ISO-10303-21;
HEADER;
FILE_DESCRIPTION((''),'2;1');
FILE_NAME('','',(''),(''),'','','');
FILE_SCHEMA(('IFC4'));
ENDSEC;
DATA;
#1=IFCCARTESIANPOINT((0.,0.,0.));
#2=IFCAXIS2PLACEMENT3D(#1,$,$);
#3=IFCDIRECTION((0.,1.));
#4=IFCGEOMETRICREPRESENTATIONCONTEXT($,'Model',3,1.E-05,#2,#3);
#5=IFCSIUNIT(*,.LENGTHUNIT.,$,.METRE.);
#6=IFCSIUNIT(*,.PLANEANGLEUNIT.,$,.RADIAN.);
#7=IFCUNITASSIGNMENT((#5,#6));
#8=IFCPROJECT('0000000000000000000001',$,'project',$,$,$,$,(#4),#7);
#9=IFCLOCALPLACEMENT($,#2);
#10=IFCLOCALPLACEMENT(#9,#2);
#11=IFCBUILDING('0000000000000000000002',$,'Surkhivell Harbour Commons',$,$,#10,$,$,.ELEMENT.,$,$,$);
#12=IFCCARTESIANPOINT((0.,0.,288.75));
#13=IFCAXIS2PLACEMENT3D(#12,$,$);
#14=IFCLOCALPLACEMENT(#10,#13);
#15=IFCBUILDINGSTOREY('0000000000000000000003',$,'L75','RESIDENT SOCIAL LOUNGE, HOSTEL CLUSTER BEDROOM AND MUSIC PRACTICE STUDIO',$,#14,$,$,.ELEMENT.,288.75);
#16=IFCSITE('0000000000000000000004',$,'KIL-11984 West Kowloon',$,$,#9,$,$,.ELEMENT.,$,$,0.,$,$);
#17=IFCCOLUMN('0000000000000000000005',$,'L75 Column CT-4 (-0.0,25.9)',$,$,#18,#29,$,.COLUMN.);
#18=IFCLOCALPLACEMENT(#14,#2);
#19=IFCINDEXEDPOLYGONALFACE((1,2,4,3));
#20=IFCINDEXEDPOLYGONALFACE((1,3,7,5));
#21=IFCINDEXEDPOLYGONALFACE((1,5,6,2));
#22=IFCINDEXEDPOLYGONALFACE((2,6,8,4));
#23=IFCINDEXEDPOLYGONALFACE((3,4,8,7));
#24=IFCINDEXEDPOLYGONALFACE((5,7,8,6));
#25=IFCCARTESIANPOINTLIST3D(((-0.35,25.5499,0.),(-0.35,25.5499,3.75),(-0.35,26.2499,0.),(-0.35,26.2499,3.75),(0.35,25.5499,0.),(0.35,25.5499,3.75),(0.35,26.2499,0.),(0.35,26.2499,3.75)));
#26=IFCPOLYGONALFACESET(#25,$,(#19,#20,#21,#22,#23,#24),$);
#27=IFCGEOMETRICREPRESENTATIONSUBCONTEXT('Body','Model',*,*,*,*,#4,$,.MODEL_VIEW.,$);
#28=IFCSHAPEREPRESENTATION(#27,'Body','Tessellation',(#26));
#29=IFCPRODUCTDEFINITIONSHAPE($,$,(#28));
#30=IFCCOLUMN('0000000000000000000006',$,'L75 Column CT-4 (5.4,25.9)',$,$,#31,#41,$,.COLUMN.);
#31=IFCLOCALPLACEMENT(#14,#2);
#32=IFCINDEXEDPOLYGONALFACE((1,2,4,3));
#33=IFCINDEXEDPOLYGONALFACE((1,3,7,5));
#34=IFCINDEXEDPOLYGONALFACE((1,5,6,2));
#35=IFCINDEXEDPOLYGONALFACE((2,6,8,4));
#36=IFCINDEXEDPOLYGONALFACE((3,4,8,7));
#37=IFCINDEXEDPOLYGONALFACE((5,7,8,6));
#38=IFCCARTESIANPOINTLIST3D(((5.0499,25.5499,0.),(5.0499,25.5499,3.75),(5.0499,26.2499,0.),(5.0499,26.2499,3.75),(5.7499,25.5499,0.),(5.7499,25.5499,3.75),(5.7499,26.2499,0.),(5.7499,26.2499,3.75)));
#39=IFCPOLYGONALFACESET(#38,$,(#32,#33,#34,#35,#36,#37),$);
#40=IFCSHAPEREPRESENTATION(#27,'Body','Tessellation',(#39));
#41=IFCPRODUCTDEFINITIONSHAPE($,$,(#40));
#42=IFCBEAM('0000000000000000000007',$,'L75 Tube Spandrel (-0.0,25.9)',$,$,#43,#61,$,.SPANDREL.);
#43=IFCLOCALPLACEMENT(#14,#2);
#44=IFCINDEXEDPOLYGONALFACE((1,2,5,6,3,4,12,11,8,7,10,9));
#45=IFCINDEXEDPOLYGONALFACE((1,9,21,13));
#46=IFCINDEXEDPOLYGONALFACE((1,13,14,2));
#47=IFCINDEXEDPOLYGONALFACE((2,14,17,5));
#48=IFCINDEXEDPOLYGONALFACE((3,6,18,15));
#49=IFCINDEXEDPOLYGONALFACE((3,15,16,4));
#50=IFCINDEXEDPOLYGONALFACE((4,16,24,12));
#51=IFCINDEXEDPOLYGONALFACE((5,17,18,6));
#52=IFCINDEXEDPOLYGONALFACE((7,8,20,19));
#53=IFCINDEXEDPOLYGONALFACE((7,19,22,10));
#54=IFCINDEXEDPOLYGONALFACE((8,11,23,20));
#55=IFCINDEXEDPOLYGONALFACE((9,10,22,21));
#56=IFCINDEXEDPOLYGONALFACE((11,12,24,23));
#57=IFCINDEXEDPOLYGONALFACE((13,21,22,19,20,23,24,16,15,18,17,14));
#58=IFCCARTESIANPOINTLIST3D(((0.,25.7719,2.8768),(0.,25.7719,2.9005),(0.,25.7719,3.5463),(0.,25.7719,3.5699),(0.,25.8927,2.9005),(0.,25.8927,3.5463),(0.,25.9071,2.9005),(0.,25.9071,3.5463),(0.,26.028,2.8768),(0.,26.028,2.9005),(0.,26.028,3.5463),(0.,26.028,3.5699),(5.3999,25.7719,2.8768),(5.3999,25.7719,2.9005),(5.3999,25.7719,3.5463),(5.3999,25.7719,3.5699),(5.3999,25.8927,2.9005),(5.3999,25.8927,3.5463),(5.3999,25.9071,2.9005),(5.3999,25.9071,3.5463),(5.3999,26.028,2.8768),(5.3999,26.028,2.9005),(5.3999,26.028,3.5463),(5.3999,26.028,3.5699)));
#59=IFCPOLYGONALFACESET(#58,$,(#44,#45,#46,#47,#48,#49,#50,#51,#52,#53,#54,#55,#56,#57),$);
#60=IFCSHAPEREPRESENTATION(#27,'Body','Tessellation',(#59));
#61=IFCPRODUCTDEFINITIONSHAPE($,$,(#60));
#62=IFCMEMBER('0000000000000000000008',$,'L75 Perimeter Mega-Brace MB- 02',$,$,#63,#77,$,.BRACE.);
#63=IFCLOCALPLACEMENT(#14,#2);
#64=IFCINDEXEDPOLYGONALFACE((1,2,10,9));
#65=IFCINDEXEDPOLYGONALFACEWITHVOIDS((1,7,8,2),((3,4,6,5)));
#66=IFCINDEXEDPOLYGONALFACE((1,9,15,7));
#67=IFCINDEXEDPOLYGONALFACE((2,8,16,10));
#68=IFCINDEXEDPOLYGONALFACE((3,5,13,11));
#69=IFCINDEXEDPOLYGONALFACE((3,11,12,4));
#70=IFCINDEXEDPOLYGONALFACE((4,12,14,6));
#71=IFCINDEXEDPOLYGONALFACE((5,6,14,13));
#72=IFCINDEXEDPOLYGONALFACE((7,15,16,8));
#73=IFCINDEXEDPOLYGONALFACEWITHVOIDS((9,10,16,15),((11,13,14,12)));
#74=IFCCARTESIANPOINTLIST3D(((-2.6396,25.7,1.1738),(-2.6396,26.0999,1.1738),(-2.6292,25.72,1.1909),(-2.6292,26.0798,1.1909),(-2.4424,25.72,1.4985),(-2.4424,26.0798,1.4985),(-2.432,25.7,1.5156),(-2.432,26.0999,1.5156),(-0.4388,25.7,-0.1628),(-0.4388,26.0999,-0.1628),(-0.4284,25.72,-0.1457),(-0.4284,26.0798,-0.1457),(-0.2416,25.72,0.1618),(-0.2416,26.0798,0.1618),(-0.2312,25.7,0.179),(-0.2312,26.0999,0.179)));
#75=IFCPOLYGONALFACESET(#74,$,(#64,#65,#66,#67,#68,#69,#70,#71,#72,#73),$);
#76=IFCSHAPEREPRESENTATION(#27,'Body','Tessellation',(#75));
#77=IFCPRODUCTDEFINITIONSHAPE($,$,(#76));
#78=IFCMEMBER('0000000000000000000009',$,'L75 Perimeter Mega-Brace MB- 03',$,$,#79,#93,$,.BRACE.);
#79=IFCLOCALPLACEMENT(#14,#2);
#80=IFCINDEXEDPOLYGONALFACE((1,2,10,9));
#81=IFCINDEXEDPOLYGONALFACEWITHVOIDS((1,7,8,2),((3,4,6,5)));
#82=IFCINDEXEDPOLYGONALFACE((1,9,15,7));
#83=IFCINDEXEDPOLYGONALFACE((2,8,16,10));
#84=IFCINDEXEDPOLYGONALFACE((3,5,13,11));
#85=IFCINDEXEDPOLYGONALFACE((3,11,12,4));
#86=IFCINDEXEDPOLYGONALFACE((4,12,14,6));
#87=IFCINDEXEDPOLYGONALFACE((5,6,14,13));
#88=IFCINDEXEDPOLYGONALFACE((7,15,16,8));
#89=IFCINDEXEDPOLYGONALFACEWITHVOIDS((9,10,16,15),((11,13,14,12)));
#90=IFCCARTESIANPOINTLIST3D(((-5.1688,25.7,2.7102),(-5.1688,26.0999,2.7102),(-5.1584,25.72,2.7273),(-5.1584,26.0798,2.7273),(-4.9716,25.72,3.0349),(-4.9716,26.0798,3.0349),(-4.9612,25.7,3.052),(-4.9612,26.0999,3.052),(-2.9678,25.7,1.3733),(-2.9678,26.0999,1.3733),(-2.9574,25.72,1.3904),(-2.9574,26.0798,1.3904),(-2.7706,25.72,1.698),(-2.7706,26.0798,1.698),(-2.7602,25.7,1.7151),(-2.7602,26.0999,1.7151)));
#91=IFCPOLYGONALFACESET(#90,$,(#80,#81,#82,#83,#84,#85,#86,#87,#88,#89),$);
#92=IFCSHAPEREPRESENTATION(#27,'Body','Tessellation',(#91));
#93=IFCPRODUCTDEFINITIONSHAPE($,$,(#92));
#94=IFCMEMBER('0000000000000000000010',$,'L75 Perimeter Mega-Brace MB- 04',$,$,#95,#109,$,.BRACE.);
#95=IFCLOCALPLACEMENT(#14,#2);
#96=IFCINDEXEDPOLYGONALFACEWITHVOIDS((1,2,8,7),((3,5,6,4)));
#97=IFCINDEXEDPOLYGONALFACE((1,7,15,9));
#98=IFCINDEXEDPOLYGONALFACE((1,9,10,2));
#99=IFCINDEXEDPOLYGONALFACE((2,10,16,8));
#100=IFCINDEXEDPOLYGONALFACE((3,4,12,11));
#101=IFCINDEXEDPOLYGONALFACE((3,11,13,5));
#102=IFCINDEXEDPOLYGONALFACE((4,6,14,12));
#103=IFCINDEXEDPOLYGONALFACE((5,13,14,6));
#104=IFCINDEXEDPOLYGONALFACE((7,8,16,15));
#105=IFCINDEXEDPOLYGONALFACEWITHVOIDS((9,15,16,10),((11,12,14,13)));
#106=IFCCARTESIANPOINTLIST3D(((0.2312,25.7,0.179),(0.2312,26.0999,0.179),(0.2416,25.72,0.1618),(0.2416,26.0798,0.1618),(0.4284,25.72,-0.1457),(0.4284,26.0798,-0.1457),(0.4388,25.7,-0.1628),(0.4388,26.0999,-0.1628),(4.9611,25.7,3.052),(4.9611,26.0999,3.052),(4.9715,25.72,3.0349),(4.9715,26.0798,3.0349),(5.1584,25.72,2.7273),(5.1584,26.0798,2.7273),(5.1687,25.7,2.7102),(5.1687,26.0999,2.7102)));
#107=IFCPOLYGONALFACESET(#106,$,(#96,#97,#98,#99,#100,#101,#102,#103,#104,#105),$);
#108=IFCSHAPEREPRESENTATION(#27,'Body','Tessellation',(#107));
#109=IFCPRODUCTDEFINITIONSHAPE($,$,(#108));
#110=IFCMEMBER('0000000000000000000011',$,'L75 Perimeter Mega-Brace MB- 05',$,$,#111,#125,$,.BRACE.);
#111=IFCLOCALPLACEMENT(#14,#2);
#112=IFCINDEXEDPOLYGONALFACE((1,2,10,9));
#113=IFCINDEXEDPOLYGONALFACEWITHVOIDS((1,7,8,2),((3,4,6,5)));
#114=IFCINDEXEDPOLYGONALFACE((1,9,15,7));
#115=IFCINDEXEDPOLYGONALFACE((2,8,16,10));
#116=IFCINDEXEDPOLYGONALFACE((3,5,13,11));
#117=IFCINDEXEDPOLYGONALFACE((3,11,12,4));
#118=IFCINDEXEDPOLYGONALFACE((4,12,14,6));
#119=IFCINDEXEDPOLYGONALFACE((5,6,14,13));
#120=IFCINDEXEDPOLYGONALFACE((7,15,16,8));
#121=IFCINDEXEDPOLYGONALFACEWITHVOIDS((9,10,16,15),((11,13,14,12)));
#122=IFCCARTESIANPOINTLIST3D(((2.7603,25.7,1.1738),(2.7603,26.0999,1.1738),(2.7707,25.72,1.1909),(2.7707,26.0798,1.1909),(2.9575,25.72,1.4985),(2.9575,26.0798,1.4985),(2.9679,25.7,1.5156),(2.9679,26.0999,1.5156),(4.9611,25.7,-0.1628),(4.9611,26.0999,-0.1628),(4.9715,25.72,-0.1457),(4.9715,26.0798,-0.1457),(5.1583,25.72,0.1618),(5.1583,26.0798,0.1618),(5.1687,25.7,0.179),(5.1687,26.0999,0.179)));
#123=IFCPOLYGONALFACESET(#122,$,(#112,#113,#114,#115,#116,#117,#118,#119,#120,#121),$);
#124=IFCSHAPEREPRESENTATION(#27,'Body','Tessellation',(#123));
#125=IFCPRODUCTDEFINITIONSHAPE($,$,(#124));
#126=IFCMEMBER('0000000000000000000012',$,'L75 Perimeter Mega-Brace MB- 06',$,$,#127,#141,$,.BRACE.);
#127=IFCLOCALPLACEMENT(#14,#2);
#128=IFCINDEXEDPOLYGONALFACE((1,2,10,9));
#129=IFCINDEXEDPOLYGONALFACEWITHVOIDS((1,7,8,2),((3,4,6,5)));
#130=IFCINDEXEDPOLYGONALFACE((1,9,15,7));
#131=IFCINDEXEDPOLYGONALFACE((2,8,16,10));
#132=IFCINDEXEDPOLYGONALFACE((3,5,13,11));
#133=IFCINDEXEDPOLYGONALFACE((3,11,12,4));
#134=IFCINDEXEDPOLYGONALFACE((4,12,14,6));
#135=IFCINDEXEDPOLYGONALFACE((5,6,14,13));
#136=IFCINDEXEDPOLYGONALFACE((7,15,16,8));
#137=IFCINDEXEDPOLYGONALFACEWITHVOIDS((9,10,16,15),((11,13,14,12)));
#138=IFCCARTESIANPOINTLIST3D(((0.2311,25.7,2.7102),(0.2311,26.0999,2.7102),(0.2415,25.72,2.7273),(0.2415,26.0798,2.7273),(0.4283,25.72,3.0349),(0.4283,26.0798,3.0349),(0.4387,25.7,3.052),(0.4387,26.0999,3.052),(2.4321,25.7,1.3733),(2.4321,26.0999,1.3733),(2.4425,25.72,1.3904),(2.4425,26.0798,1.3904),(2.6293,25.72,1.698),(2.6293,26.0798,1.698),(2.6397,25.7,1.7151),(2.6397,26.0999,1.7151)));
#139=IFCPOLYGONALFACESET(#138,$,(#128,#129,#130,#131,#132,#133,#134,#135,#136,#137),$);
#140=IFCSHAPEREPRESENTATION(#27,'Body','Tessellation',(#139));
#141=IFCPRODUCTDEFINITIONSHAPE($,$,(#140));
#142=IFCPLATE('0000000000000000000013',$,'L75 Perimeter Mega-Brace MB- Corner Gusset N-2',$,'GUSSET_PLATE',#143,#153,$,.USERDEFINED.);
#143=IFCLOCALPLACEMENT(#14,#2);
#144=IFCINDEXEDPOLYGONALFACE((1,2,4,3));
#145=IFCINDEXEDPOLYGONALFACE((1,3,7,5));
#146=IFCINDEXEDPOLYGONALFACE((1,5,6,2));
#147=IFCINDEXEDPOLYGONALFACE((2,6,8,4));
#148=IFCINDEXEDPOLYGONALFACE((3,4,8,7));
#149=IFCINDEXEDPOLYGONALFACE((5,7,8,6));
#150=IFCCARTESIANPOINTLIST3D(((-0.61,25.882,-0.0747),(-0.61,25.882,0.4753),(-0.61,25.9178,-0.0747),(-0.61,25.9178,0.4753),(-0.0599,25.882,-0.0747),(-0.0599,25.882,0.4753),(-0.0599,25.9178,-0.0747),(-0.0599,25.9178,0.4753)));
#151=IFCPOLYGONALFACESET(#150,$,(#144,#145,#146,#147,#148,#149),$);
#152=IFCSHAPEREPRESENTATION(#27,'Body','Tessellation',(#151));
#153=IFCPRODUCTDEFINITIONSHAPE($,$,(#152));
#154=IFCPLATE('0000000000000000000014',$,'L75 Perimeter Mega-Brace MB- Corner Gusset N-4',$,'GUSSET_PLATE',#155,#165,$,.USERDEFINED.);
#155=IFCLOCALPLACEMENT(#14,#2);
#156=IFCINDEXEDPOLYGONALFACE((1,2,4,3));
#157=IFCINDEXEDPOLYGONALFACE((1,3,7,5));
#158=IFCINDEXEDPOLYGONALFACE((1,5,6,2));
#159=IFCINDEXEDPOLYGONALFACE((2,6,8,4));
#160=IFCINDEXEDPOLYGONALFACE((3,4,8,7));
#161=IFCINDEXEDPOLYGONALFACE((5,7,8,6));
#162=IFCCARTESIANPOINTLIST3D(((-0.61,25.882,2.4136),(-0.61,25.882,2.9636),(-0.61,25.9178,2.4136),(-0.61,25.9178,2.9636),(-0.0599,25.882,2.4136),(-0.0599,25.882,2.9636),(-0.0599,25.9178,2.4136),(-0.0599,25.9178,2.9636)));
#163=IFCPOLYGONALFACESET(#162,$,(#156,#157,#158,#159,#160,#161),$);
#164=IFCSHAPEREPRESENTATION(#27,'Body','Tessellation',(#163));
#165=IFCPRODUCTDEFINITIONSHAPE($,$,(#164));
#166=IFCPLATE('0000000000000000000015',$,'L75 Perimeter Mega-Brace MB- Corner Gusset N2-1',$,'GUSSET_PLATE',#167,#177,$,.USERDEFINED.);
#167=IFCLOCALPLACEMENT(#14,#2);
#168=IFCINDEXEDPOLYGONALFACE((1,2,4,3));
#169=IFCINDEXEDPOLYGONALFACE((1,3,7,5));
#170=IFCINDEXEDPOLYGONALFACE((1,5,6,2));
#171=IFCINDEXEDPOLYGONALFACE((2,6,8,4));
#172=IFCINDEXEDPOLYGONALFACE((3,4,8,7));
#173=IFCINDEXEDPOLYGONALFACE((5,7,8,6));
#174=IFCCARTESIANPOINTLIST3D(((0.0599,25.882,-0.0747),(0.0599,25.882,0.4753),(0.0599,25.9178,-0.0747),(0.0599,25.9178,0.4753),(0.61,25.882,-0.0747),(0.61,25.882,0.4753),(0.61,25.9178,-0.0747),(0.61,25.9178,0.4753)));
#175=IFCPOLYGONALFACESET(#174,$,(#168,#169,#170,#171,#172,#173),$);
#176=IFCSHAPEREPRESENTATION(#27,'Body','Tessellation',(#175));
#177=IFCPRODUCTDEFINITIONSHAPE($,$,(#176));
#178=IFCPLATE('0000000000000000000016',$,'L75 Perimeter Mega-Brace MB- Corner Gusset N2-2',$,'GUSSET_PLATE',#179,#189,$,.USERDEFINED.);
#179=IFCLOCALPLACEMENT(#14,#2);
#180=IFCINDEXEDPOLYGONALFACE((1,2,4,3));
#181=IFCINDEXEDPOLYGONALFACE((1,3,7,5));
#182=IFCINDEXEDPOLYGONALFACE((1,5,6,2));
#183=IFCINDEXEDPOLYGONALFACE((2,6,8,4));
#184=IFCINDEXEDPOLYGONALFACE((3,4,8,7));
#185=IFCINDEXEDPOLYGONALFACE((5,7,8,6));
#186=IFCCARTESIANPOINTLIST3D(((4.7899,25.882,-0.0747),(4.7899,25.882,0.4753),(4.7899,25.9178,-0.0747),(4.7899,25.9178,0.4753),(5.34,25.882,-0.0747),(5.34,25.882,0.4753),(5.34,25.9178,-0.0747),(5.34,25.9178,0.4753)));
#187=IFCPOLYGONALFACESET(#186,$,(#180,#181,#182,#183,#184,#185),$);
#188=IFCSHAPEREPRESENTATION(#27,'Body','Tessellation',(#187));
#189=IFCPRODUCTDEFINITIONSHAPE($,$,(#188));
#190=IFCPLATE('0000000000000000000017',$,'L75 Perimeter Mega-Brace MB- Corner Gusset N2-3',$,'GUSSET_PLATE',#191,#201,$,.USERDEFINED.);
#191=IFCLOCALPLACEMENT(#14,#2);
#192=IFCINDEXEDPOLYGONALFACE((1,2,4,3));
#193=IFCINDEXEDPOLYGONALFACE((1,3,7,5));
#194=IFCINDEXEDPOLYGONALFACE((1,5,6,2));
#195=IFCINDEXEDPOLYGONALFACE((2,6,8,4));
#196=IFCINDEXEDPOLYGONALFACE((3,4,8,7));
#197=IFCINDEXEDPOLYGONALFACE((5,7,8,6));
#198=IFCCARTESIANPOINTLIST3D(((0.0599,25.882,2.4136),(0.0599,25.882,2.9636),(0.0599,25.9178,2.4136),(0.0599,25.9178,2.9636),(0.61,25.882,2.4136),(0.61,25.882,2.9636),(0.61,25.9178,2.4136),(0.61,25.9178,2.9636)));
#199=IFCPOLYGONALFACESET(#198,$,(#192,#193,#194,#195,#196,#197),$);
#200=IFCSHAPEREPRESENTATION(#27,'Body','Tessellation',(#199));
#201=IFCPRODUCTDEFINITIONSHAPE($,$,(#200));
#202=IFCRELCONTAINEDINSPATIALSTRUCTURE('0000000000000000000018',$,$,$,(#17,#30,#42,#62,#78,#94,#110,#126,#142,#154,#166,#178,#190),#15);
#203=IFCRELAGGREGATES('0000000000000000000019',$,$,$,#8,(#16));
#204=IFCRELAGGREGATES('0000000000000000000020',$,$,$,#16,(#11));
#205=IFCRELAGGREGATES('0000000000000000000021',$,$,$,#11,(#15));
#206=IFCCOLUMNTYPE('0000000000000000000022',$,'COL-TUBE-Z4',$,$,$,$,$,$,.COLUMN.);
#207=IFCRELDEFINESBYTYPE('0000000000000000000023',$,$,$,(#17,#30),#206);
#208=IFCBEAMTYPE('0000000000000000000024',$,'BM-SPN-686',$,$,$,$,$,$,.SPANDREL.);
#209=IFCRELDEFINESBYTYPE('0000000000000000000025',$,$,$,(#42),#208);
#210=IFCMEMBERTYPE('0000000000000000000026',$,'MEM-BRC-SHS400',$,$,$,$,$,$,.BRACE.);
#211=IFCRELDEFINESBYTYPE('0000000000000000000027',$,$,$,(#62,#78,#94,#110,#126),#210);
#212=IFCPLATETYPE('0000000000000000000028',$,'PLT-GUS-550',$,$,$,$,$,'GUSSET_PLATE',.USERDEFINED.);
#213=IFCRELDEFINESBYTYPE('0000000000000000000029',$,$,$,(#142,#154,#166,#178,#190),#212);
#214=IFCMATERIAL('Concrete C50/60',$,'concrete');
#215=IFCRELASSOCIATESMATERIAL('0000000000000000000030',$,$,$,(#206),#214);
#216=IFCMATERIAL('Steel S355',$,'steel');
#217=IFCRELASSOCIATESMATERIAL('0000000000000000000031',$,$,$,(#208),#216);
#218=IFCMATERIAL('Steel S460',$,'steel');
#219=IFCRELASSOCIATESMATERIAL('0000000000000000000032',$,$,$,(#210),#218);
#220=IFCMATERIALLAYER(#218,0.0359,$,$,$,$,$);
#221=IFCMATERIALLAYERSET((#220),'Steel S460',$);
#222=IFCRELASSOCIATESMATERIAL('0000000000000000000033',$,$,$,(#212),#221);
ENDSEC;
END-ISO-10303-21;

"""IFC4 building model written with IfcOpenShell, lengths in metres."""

from ifc_helpers import new_model, si_unit, direction, frame, origin, origin_2d, place, context, subcontext, project, spatial, rectangle, hollow_rectangle, i_section, extrude, material, layer, layer_set, material_profile, profile_set, type_object, element, save


model = new_model("IFC4")

# Units and contexts
model_context = context("Model", 3, precision=1e-05, world=origin(), true_north=direction((0.0, 1.0)))
body_context = subcontext(model_context, "Body", "Model", "MODEL_VIEW")
ifc_project = project(units=[si_unit("LENGTHUNIT", "METRE"), si_unit("PLANEANGLEUNIT", "RADIAN")], contexts=[model_context])

# Site, building, storey
site_placement = place(None, origin())
site = spatial("IfcSite", under=ifc_project, at=site_placement, Name="KIL-11984 West Kowloon", CompositionType="ELEMENT", RefElevation=0.0)
building_placement = place(site_placement, origin())
building = spatial("IfcBuilding", under=site, at=building_placement, Name="Surkhivell Harbour Commons", CompositionType="ELEMENT")
storey_placement = place(building_placement, frame((0.0, 0.0, 288.75)))
storey = spatial("IfcBuildingStorey", under=building, at=storey_placement, Name="L75", Description="RESIDENT SOCIAL LOUNGE, HOSTEL CLUSTER BEDROOM AND MUSIC PRACTICE STUDIO", CompositionType="ELEMENT", Elevation=288.75)

# Columns
ifc_material_1 = material(Name="Concrete C50/60", Category="concrete")
ifc_material_profile_1 = material_profile(ifc_material_1, rectangle(XDim=0.7, YDim=0.7, at=origin_2d()), Name="RC-COL-700x700")
ifc_profile_set_1 = profile_set([ifc_material_profile_1], Name="Concrete C50/60")
column_type = type_object("IfcColumnType", Name="COL-TUBE-Z4", PredefinedType="COLUMN", material=ifc_profile_set_1)
for number, where, z_axis, x_axis, name in (
    (1, (0.0, 25.8999, 0.0), (0.0, 0.0, 1.0), (1.0, 0.0, 0.0), "L75 Column CT-4 (-0.0,25.9)"),
    (2, (5.3999, 25.8999, 0.0), (0.0, 0.0, 1.0), (1.0, 0.0, 0.0), "L75 Column CT-4 (5.4,25.9)"),
):
    element("IfcColumn", number, at=place(storey_placement, frame(where, z_axis=z_axis, x_axis=x_axis)), inside=storey, type_object=column_type, Name=name, PredefinedType="COLUMN", context=body_context, shape_type="SweptSolid", body=[
        extrude(rectangle(XDim=0.7, YDim=0.7, at=origin_2d()), origin(), (0.0, 0.0, 1.0), 3.75),
    ])

# Beam
ifc_material_2 = material(Name="Steel S355", Category="steel")
ifc_material_profile_2 = material_profile(ifc_material_2, i_section(OverallWidth=0.2561, OverallDepth=0.6931, WebThickness=0.0144, FlangeThickness=0.0237, at=origin_2d()), Name="UB686x254x170")
ifc_profile_set_2 = profile_set([ifc_material_profile_2], Name="Steel S355")
beam_type = type_object("IfcBeamType", Name="BM-SPN-686", PredefinedType="SPANDREL", material=ifc_profile_set_2)
beam_placement = place(storey_placement, frame((0.0, 25.8999, 3.2234), z_axis=(1.0, 0.0, 0.0), x_axis=(0.0, 1.0, 0.0)))
element("IfcBeam", 3, at=beam_placement, inside=storey, type_object=beam_type, Name="L75 Tube Spandrel (-0.0,25.9)", PredefinedType="SPANDREL", context=body_context, shape_type="SweptSolid", body=[
    extrude(i_section(OverallWidth=0.2561, OverallDepth=0.6931, WebThickness=0.0144, FlangeThickness=0.0237, at=origin_2d()), origin(), (0.0, 0.0, 1.0), 5.3999),
])

# Members
ifc_material_3 = material(Name="Steel S460", Category="steel")
ifc_material_profile_3 = material_profile(ifc_material_3, hollow_rectangle(XDim=0.3999, YDim=0.3999, WallThickness=0.02, at=origin_2d()), Name="SHS400x400x20")
ifc_profile_set_3 = profile_set([ifc_material_profile_3], Name="Steel S460")
member_type = type_object("IfcMemberType", Name="MEM-BRC-SHS400", PredefinedType="BRACE", material=ifc_profile_set_3)
member_1_placement = place(storey_placement, frame((-0.335, 25.8999, 0.0081), z_axis=(-0.85472, 0.0, 0.519089), x_axis=(0.0, -1.0, 0.0)))
element("IfcMember", 4, at=member_1_placement, inside=storey, type_object=member_type, Name="L75 Perimeter Mega-Brace MB- 02", PredefinedType="BRACE", context=body_context, shape_type="SweptSolid", body=[
    extrude(hollow_rectangle(XDim=0.3999, YDim=0.3999, WallThickness=0.02, at=origin_2d()), origin(), (0.0, 0.0, 1.0), 2.575),
])
member_2_placement = place(storey_placement, frame((-2.864, 25.8999, 1.5442), z_axis=(-0.854678, 0.0, 0.519159), x_axis=(0.0, -1.0, 0.0)))
element("IfcMember", 5, at=member_2_placement, inside=storey, type_object=member_type, Name="L75 Perimeter Mega-Brace MB- 03", PredefinedType="BRACE", context=body_context, shape_type="SweptSolid", body=[
    extrude(hollow_rectangle(XDim=0.3999, YDim=0.3999, WallThickness=0.02, at=origin_2d()), origin(), (0.0, 0.0, 1.0), 2.5752),
])
member_3_placement = place(storey_placement, frame((0.335, 25.8999, 0.0081), z_axis=(0.854685, 0.0, 0.519146), x_axis=(0.0, 1.0, 0.0)))
element("IfcMember", 6, at=member_3_placement, inside=storey, type_object=member_type, Name="L75 Perimeter Mega-Brace MB- 04", PredefinedType="BRACE", context=body_context, shape_type="SweptSolid", body=[
    extrude(hollow_rectangle(XDim=0.3999, YDim=0.3999, WallThickness=0.02, at=origin_2d()), origin(), (0.0, 0.0, 1.0), 5.5342),
])
member_4_placement = place(storey_placement, frame((5.0649, 25.8999, 0.0081), z_axis=(-0.85472, 0.0, 0.519089), x_axis=(0.0, -1.0, 0.0)))
element("IfcMember", 7, at=member_4_placement, inside=storey, type_object=member_type, Name="L75 Perimeter Mega-Brace MB- 05", PredefinedType="BRACE", context=body_context, shape_type="SweptSolid", body=[
    extrude(hollow_rectangle(XDim=0.3999, YDim=0.3999, WallThickness=0.02, at=origin_2d()), origin(), (0.0, 0.0, 1.0), 2.575),
])
member_5_placement = place(storey_placement, frame((2.5359, 25.8999, 1.5442), z_axis=(-0.854678, 0.0, 0.519159), x_axis=(0.0, -1.0, 0.0)))
element("IfcMember", 8, at=member_5_placement, inside=storey, type_object=member_type, Name="L75 Perimeter Mega-Brace MB- 06", PredefinedType="BRACE", context=body_context, shape_type="SweptSolid", body=[
    extrude(hollow_rectangle(XDim=0.3999, YDim=0.3999, WallThickness=0.02, at=origin_2d()), origin(), (0.0, 0.0, 1.0), 2.5752),
])

# Plates
ifc_layer_1 = layer(ifc_material_3, 0.0359)
ifc_layer_set_1 = layer_set([ifc_layer_1], Name="Steel S460")
plate_type_1 = type_object("IfcPlateType", Name="PLT-GUS-550", ElementType="GUSSET_PLATE", PredefinedType="USERDEFINED", material=ifc_layer_set_1)
for number, where, z_axis, x_axis, name in (
    (9, (-0.335, 25.8999, -0.0747), (0.0, 0.0, 1.0), (1.0, 0.0, 0.0), "L75 Perimeter Mega-Brace MB- Corner Gusset N-2"),
    (10, (-0.335, 25.8999, 2.4136), (0.0, 0.0, 1.0), (1.0, 0.0, 0.0), "L75 Perimeter Mega-Brace MB- Corner Gusset N-4"),
    (11, (0.335, 25.8999, -0.0747), (0.0, 0.0, 1.0), (1.0, 0.0, 0.0), "L75 Perimeter Mega-Brace MB- Corner Gusset N2-1"),
    (12, (5.0649, 25.8999, -0.0747), (0.0, 0.0, 1.0), (1.0, 0.0, 0.0), "L75 Perimeter Mega-Brace MB- Corner Gusset N2-2"),
    (13, (0.335, 25.8999, 2.4136), (0.0, 0.0, 1.0), (1.0, 0.0, 0.0), "L75 Perimeter Mega-Brace MB- Corner Gusset N2-3"),
):
    element("IfcPlate", number, at=place(storey_placement, frame(where, z_axis=z_axis, x_axis=x_axis)), inside=storey, type_object=plate_type_1, Name=name, ObjectType="GUSSET_PLATE", PredefinedType="USERDEFINED", context=body_context, shape_type="SweptSolid", body=[
        extrude(rectangle(XDim=0.55, YDim=0.0359, at=origin_2d()), origin(), (0.0, 0.0, 1.0), 0.55),
    ])

save(model, "model.ifc")
